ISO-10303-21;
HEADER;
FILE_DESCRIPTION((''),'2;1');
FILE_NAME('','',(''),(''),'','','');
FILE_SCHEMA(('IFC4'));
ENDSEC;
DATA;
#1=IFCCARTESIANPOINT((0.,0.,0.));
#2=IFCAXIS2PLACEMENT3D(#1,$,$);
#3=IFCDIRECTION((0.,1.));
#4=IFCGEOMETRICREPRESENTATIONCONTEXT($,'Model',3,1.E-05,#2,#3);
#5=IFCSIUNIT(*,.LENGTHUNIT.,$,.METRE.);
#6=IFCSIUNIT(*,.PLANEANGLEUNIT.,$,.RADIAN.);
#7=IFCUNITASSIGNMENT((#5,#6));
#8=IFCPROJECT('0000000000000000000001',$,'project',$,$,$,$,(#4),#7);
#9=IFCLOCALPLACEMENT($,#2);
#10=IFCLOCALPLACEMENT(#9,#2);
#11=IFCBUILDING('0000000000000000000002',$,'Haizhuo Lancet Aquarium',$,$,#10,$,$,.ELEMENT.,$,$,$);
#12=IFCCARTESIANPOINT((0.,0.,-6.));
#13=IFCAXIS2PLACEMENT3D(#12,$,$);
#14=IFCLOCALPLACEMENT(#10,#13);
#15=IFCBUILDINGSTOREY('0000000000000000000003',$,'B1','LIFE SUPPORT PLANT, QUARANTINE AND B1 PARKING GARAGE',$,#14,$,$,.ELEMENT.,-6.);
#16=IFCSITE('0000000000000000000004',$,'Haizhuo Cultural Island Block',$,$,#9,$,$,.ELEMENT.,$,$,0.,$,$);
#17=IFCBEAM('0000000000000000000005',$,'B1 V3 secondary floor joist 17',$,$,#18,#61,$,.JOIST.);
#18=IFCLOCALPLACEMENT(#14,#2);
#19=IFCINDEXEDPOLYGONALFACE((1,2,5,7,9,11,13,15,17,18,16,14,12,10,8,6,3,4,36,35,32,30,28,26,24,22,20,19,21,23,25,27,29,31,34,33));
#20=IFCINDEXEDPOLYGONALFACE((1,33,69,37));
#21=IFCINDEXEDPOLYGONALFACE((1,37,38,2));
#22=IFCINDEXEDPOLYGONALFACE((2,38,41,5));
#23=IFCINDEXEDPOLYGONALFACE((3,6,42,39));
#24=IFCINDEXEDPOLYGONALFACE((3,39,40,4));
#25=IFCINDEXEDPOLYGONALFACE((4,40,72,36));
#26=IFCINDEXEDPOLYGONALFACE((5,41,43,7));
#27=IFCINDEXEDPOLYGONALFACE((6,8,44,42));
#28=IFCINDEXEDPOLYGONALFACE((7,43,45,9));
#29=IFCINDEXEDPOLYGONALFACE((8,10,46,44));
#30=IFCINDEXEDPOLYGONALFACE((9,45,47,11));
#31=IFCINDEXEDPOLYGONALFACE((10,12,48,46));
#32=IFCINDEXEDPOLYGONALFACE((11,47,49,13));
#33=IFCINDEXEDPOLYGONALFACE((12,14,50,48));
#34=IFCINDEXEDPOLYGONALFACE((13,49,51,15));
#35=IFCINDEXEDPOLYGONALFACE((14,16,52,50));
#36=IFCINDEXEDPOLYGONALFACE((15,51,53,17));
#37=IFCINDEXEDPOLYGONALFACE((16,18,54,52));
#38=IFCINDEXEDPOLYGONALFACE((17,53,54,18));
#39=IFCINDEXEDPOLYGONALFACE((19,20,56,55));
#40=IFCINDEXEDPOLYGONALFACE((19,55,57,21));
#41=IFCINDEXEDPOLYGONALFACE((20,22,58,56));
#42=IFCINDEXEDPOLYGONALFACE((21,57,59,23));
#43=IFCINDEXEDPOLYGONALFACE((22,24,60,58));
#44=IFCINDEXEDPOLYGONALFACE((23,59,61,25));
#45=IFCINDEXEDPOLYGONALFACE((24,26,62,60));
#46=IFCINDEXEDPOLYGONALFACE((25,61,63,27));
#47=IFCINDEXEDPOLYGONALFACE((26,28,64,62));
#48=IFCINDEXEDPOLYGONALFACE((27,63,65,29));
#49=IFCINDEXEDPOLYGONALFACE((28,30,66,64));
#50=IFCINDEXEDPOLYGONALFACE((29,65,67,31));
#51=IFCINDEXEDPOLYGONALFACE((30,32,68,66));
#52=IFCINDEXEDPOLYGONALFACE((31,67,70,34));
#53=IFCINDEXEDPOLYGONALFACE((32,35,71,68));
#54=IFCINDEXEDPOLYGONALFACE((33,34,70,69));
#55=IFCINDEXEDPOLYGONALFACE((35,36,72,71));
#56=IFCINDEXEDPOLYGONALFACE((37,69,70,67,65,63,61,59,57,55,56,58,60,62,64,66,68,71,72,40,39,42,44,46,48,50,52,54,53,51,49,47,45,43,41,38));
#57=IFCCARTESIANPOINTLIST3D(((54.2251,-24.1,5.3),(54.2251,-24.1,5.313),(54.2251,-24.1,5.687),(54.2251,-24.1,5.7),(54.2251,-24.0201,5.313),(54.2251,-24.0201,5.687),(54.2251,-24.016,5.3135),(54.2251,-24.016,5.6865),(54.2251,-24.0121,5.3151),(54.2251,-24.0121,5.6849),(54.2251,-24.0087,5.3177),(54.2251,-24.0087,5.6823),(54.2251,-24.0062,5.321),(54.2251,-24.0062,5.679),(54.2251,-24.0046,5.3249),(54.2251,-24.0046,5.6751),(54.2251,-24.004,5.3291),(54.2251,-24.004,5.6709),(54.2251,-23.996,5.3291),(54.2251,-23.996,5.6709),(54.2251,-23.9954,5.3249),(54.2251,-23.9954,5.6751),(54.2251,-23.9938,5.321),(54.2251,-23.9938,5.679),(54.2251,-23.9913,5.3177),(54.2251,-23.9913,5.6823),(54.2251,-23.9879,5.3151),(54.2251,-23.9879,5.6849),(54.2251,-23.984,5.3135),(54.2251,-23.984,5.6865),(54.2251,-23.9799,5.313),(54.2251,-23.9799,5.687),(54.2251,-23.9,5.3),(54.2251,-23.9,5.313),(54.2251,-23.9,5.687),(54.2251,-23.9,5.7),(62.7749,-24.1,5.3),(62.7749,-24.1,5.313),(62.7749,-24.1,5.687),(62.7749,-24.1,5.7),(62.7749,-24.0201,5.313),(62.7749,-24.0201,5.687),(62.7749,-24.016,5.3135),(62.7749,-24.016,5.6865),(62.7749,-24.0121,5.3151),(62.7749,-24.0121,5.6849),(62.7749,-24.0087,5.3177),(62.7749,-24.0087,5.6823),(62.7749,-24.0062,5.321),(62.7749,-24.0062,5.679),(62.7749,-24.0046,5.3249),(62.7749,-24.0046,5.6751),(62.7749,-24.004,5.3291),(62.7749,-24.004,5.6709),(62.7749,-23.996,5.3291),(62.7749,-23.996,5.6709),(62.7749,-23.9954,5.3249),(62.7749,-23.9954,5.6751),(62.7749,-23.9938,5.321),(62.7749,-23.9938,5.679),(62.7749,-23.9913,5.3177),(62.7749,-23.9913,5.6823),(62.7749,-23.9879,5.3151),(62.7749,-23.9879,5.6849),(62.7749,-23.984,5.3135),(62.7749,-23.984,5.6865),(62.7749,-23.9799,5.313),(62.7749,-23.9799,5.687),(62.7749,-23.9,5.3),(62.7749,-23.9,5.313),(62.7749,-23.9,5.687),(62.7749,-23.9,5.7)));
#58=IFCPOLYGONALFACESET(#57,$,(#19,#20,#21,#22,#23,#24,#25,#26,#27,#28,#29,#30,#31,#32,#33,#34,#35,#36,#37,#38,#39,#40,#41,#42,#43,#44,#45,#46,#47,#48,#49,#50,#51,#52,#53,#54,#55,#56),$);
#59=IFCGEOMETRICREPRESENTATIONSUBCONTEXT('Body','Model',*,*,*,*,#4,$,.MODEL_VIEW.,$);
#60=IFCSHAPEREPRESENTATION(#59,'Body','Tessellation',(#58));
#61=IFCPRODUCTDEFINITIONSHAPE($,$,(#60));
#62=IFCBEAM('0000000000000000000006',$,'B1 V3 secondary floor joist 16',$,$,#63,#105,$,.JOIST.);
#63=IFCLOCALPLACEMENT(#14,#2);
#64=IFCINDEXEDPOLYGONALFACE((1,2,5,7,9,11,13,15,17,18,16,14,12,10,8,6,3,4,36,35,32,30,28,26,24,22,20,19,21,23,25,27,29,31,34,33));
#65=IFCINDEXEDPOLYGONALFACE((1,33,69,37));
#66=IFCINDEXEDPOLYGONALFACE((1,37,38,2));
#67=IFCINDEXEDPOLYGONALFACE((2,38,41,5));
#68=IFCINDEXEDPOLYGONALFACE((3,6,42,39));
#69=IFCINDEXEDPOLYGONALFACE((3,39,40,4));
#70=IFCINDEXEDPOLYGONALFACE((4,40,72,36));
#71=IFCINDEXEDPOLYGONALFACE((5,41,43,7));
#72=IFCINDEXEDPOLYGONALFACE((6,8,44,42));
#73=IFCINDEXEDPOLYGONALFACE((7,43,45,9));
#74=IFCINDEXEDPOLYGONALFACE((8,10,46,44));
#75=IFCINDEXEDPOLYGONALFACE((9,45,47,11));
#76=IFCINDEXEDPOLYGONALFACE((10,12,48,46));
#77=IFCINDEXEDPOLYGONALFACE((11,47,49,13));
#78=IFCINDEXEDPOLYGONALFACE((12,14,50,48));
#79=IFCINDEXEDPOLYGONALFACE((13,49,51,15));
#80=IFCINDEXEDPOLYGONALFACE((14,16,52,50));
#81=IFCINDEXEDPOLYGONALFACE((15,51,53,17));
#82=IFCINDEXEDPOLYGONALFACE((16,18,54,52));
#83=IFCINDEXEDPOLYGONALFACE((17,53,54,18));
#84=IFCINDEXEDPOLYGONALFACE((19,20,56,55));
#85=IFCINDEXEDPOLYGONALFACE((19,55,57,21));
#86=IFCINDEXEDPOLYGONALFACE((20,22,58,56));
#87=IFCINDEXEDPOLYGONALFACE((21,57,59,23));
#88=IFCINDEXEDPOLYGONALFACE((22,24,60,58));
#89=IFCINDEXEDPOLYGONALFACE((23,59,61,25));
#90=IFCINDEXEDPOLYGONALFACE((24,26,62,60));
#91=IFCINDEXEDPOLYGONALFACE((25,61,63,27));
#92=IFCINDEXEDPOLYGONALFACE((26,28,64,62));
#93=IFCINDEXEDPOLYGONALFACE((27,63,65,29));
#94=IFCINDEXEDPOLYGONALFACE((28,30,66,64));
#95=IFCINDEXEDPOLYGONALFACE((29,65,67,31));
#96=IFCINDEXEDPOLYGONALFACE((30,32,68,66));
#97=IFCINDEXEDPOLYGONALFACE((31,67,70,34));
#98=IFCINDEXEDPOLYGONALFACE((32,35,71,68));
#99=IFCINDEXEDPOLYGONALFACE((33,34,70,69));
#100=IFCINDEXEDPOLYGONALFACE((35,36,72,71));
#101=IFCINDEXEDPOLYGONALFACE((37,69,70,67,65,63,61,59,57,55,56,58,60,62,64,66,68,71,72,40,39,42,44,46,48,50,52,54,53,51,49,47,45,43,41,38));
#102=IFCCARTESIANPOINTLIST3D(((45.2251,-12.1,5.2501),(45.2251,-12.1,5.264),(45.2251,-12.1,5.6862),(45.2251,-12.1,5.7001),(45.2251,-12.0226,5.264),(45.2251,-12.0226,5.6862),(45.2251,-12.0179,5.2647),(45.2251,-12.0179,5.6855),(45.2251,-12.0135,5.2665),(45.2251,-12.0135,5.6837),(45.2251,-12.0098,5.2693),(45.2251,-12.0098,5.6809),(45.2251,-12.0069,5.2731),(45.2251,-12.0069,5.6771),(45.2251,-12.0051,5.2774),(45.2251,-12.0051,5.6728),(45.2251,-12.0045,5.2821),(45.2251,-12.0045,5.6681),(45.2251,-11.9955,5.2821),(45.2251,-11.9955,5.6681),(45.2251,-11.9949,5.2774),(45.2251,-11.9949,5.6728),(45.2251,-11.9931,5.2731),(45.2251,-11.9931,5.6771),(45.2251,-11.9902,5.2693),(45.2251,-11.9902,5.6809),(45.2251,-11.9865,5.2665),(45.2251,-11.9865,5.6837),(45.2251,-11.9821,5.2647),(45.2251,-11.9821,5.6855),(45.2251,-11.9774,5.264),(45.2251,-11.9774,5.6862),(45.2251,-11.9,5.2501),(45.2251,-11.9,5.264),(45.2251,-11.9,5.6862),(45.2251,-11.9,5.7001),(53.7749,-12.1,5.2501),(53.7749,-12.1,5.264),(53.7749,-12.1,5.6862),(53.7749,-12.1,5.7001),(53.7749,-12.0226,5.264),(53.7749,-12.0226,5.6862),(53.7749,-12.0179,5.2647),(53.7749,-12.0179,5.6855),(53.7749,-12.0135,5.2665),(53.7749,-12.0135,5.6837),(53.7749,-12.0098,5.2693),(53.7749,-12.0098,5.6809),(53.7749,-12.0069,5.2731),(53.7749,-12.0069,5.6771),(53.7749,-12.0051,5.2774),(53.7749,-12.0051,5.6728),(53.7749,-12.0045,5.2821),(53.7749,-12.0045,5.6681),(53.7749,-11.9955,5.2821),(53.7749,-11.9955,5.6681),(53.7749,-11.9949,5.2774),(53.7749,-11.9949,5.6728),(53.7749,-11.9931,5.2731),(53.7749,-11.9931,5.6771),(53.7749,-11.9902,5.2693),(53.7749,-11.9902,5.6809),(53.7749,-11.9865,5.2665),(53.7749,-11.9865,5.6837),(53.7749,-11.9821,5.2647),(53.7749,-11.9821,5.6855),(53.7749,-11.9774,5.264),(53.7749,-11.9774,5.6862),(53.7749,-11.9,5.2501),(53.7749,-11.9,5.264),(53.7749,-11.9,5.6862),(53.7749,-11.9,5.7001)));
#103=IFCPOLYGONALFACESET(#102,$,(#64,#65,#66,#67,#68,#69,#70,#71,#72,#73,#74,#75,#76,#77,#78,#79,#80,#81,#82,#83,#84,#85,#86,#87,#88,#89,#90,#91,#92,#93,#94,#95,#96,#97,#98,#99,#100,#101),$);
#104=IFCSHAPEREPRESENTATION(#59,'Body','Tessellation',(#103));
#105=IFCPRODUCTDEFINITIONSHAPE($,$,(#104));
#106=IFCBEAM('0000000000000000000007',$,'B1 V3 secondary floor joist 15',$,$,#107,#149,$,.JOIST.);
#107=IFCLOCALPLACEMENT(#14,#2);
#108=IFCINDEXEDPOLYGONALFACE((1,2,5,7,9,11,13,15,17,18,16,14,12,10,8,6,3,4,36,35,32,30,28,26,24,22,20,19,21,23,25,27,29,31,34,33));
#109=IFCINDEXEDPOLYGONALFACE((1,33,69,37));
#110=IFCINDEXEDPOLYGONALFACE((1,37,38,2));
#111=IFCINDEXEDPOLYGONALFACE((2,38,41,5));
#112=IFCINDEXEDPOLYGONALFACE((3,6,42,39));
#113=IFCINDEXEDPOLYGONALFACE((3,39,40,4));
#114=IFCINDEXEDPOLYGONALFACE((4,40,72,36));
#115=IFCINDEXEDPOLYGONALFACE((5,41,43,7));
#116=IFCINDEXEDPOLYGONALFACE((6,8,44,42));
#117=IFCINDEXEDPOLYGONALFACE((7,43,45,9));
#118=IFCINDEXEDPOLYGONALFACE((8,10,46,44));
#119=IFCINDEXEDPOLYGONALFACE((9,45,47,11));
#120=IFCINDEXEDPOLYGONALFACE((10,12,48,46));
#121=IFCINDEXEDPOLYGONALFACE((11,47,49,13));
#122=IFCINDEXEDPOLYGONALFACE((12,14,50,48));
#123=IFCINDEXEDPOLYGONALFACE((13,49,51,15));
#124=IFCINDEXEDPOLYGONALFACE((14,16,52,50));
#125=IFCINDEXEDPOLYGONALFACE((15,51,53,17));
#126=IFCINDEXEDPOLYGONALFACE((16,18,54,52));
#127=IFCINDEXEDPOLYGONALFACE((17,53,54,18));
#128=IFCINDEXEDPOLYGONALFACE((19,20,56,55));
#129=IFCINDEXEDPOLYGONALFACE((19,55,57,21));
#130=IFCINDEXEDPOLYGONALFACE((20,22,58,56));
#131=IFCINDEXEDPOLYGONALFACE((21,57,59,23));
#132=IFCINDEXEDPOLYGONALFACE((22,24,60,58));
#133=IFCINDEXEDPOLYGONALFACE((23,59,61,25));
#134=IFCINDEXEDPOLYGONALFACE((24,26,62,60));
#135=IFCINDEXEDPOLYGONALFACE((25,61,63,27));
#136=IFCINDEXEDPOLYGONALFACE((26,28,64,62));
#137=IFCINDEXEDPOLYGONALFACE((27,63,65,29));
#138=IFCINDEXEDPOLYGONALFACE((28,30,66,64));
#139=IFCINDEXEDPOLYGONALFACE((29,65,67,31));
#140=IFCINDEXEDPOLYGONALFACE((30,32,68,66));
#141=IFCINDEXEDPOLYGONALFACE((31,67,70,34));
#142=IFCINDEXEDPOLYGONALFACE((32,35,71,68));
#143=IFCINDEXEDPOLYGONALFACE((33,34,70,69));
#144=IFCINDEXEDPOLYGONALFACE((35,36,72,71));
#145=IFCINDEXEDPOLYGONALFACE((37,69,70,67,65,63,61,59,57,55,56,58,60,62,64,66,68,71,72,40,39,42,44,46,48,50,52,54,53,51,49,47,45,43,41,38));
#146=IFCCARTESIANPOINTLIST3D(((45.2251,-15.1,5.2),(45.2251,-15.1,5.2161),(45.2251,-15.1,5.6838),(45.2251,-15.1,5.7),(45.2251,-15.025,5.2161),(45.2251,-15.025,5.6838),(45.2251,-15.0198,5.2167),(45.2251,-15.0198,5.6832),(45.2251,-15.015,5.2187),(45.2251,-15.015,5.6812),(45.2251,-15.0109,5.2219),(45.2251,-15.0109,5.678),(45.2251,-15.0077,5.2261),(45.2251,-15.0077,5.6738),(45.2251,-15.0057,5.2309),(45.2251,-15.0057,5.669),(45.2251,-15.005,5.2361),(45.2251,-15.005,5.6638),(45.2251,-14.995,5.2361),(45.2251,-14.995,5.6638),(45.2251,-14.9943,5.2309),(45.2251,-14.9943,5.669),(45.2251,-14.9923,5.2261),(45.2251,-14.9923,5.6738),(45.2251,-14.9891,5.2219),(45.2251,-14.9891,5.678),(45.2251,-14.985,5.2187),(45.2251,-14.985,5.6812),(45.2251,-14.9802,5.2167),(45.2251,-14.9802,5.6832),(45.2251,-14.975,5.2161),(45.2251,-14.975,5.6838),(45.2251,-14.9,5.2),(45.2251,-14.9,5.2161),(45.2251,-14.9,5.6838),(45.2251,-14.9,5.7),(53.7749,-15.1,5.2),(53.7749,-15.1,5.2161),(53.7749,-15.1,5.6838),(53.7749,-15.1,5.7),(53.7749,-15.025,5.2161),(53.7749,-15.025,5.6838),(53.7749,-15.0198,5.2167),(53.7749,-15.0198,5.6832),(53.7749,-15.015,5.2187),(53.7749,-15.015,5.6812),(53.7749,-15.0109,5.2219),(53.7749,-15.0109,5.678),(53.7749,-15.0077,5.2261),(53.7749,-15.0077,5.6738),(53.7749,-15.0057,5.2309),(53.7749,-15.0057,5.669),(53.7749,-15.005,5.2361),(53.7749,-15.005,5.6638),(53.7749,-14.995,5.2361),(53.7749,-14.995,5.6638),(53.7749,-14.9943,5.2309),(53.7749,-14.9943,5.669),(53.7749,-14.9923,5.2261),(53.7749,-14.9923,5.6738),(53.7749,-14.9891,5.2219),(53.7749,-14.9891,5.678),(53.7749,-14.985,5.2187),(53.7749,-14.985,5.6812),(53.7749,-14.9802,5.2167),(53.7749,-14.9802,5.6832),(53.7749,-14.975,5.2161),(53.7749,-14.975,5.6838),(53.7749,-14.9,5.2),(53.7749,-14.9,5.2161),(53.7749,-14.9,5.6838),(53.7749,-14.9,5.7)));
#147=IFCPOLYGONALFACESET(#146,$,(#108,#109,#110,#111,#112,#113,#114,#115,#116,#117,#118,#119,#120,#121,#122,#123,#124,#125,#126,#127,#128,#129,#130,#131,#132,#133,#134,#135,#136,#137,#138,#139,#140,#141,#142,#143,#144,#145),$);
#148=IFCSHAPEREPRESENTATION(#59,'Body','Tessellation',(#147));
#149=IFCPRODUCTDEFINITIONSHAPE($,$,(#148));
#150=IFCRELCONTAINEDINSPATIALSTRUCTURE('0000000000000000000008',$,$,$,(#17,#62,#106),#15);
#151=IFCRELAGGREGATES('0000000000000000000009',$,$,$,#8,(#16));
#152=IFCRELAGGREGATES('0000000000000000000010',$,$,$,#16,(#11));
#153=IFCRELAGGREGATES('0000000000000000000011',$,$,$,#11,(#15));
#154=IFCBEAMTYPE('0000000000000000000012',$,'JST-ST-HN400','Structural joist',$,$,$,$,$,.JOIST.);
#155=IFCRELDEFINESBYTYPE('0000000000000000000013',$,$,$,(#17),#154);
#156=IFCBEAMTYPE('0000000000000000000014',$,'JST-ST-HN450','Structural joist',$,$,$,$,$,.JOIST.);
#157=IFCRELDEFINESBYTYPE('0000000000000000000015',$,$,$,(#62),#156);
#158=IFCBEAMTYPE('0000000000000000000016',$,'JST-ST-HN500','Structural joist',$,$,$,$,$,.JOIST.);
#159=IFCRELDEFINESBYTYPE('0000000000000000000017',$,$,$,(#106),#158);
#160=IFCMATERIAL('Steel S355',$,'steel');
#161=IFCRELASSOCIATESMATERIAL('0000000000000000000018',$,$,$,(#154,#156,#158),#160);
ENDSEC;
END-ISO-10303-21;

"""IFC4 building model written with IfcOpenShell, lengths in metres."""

from ifc_helpers import new_model, si_unit, direction, frame, origin, origin_2d, place, context, subcontext, project, spatial, i_section, extrude, material, material_profile, profile_set, type_object, element, save


model = new_model("IFC4")

# Units and contexts
model_context = context("Model", 3, precision=1e-05, world=origin(), true_north=direction((0.0, 1.0)))
body_context = subcontext(model_context, "Body", "Model", "MODEL_VIEW")
ifc_project = project(units=[si_unit("LENGTHUNIT", "METRE"), si_unit("PLANEANGLEUNIT", "RADIAN")], contexts=[model_context])

# Site, building, storey
site_placement = place(None, origin())
site = spatial("IfcSite", under=ifc_project, at=site_placement, Name="Haizhuo Cultural Island Block", CompositionType="ELEMENT", RefElevation=0.0)
building_placement = place(site_placement, origin())
building = spatial("IfcBuilding", under=site, at=building_placement, Name="Haizhuo Lancet Aquarium", CompositionType="ELEMENT")
storey_placement = place(building_placement, frame((0.0, 0.0, -6.0)))
storey = spatial("IfcBuildingStorey", under=building, at=storey_placement, Name="B1", Description="LIFE SUPPORT PLANT, QUARANTINE AND B1 PARKING GARAGE", CompositionType="ELEMENT", Elevation=-6.0)

# Beams
ifc_material_1 = material(Name="Steel S355", Category="steel")
ifc_material_profile_1 = material_profile(ifc_material_1, i_section(OverallWidth=0.2, OverallDepth=0.3999, WebThickness=0.0081, FlangeThickness=0.0129, FilletRadius=0.0161, at=origin_2d()), Name="HN 400x200x8x13")
ifc_profile_set_1 = profile_set([ifc_material_profile_1], Name="Steel S355")
beam_type_1 = type_object("IfcBeamType", Name="JST-ST-HN400", Description="Structural joist", PredefinedType="JOIST", material=ifc_profile_set_1)
beam_1_placement = place(storey_placement, frame((54.2251, -24.0, 5.5), z_axis=(1.0, 0.0, 0.0), x_axis=(0.0, 1.0, 0.0)))
element("IfcBeam", 1, at=beam_1_placement, inside=storey, type_object=beam_type_1, Name="B1 V3 secondary floor joist 17", PredefinedType="JOIST", context=body_context, shape_type="SweptSolid", body=[
    extrude(i_section(OverallWidth=0.2, OverallDepth=0.3999, WebThickness=0.0081, FlangeThickness=0.0129, FilletRadius=0.0161, at=origin_2d()), origin(), (0.0, 0.0, 1.0), 8.5498),
])
ifc_material_profile_2 = material_profile(ifc_material_1, i_section(OverallWidth=0.2, OverallDepth=0.45, WebThickness=0.009, FlangeThickness=0.0139, FilletRadius=0.0181, at=origin_2d()), Name="HN 450x200x9x14")
ifc_profile_set_2 = profile_set([ifc_material_profile_2], Name="Steel S355")
beam_type_2 = type_object("IfcBeamType", Name="JST-ST-HN450", Description="Structural joist", PredefinedType="JOIST", material=ifc_profile_set_2)
beam_2_placement = place(storey_placement, frame((45.2251, -12.0, 5.4751), z_axis=(1.0, 0.0, 0.0), x_axis=(0.0, 1.0, 0.0)))
element("IfcBeam", 2, at=beam_2_placement, inside=storey, type_object=beam_type_2, Name="B1 V3 secondary floor joist 16", PredefinedType="JOIST", context=body_context, shape_type="SweptSolid", body=[
    extrude(i_section(OverallWidth=0.2, OverallDepth=0.45, WebThickness=0.009, FlangeThickness=0.0139, FilletRadius=0.0181, at=origin_2d()), origin(), (0.0, 0.0, 1.0), 8.5498),
])
ifc_material_profile_3 = material_profile(ifc_material_1, i_section(OverallWidth=0.2, OverallDepth=0.5, WebThickness=0.01, FlangeThickness=0.0161, FilletRadius=0.02, at=origin_2d()), Name="HN 500x200x10x16")
ifc_profile_set_3 = profile_set([ifc_material_profile_3], Name="Steel S355")
beam_type_3 = type_object("IfcBeamType", Name="JST-ST-HN500", Description="Structural joist", PredefinedType="JOIST", material=ifc_profile_set_3)
beam_3_placement = place(storey_placement, frame((45.2251, -15.0, 5.45), z_axis=(1.0, 0.0, 0.0), x_axis=(0.0, 1.0, 0.0)))
element("IfcBeam", 3, at=beam_3_placement, inside=storey, type_object=beam_type_3, Name="B1 V3 secondary floor joist 15", PredefinedType="JOIST", context=body_context, shape_type="SweptSolid", body=[
    extrude(i_section(OverallWidth=0.2, OverallDepth=0.5, WebThickness=0.01, FlangeThickness=0.0161, FilletRadius=0.02, at=origin_2d()), origin(), (0.0, 0.0, 1.0), 8.5498),
])

save(model, "model.ifc")
